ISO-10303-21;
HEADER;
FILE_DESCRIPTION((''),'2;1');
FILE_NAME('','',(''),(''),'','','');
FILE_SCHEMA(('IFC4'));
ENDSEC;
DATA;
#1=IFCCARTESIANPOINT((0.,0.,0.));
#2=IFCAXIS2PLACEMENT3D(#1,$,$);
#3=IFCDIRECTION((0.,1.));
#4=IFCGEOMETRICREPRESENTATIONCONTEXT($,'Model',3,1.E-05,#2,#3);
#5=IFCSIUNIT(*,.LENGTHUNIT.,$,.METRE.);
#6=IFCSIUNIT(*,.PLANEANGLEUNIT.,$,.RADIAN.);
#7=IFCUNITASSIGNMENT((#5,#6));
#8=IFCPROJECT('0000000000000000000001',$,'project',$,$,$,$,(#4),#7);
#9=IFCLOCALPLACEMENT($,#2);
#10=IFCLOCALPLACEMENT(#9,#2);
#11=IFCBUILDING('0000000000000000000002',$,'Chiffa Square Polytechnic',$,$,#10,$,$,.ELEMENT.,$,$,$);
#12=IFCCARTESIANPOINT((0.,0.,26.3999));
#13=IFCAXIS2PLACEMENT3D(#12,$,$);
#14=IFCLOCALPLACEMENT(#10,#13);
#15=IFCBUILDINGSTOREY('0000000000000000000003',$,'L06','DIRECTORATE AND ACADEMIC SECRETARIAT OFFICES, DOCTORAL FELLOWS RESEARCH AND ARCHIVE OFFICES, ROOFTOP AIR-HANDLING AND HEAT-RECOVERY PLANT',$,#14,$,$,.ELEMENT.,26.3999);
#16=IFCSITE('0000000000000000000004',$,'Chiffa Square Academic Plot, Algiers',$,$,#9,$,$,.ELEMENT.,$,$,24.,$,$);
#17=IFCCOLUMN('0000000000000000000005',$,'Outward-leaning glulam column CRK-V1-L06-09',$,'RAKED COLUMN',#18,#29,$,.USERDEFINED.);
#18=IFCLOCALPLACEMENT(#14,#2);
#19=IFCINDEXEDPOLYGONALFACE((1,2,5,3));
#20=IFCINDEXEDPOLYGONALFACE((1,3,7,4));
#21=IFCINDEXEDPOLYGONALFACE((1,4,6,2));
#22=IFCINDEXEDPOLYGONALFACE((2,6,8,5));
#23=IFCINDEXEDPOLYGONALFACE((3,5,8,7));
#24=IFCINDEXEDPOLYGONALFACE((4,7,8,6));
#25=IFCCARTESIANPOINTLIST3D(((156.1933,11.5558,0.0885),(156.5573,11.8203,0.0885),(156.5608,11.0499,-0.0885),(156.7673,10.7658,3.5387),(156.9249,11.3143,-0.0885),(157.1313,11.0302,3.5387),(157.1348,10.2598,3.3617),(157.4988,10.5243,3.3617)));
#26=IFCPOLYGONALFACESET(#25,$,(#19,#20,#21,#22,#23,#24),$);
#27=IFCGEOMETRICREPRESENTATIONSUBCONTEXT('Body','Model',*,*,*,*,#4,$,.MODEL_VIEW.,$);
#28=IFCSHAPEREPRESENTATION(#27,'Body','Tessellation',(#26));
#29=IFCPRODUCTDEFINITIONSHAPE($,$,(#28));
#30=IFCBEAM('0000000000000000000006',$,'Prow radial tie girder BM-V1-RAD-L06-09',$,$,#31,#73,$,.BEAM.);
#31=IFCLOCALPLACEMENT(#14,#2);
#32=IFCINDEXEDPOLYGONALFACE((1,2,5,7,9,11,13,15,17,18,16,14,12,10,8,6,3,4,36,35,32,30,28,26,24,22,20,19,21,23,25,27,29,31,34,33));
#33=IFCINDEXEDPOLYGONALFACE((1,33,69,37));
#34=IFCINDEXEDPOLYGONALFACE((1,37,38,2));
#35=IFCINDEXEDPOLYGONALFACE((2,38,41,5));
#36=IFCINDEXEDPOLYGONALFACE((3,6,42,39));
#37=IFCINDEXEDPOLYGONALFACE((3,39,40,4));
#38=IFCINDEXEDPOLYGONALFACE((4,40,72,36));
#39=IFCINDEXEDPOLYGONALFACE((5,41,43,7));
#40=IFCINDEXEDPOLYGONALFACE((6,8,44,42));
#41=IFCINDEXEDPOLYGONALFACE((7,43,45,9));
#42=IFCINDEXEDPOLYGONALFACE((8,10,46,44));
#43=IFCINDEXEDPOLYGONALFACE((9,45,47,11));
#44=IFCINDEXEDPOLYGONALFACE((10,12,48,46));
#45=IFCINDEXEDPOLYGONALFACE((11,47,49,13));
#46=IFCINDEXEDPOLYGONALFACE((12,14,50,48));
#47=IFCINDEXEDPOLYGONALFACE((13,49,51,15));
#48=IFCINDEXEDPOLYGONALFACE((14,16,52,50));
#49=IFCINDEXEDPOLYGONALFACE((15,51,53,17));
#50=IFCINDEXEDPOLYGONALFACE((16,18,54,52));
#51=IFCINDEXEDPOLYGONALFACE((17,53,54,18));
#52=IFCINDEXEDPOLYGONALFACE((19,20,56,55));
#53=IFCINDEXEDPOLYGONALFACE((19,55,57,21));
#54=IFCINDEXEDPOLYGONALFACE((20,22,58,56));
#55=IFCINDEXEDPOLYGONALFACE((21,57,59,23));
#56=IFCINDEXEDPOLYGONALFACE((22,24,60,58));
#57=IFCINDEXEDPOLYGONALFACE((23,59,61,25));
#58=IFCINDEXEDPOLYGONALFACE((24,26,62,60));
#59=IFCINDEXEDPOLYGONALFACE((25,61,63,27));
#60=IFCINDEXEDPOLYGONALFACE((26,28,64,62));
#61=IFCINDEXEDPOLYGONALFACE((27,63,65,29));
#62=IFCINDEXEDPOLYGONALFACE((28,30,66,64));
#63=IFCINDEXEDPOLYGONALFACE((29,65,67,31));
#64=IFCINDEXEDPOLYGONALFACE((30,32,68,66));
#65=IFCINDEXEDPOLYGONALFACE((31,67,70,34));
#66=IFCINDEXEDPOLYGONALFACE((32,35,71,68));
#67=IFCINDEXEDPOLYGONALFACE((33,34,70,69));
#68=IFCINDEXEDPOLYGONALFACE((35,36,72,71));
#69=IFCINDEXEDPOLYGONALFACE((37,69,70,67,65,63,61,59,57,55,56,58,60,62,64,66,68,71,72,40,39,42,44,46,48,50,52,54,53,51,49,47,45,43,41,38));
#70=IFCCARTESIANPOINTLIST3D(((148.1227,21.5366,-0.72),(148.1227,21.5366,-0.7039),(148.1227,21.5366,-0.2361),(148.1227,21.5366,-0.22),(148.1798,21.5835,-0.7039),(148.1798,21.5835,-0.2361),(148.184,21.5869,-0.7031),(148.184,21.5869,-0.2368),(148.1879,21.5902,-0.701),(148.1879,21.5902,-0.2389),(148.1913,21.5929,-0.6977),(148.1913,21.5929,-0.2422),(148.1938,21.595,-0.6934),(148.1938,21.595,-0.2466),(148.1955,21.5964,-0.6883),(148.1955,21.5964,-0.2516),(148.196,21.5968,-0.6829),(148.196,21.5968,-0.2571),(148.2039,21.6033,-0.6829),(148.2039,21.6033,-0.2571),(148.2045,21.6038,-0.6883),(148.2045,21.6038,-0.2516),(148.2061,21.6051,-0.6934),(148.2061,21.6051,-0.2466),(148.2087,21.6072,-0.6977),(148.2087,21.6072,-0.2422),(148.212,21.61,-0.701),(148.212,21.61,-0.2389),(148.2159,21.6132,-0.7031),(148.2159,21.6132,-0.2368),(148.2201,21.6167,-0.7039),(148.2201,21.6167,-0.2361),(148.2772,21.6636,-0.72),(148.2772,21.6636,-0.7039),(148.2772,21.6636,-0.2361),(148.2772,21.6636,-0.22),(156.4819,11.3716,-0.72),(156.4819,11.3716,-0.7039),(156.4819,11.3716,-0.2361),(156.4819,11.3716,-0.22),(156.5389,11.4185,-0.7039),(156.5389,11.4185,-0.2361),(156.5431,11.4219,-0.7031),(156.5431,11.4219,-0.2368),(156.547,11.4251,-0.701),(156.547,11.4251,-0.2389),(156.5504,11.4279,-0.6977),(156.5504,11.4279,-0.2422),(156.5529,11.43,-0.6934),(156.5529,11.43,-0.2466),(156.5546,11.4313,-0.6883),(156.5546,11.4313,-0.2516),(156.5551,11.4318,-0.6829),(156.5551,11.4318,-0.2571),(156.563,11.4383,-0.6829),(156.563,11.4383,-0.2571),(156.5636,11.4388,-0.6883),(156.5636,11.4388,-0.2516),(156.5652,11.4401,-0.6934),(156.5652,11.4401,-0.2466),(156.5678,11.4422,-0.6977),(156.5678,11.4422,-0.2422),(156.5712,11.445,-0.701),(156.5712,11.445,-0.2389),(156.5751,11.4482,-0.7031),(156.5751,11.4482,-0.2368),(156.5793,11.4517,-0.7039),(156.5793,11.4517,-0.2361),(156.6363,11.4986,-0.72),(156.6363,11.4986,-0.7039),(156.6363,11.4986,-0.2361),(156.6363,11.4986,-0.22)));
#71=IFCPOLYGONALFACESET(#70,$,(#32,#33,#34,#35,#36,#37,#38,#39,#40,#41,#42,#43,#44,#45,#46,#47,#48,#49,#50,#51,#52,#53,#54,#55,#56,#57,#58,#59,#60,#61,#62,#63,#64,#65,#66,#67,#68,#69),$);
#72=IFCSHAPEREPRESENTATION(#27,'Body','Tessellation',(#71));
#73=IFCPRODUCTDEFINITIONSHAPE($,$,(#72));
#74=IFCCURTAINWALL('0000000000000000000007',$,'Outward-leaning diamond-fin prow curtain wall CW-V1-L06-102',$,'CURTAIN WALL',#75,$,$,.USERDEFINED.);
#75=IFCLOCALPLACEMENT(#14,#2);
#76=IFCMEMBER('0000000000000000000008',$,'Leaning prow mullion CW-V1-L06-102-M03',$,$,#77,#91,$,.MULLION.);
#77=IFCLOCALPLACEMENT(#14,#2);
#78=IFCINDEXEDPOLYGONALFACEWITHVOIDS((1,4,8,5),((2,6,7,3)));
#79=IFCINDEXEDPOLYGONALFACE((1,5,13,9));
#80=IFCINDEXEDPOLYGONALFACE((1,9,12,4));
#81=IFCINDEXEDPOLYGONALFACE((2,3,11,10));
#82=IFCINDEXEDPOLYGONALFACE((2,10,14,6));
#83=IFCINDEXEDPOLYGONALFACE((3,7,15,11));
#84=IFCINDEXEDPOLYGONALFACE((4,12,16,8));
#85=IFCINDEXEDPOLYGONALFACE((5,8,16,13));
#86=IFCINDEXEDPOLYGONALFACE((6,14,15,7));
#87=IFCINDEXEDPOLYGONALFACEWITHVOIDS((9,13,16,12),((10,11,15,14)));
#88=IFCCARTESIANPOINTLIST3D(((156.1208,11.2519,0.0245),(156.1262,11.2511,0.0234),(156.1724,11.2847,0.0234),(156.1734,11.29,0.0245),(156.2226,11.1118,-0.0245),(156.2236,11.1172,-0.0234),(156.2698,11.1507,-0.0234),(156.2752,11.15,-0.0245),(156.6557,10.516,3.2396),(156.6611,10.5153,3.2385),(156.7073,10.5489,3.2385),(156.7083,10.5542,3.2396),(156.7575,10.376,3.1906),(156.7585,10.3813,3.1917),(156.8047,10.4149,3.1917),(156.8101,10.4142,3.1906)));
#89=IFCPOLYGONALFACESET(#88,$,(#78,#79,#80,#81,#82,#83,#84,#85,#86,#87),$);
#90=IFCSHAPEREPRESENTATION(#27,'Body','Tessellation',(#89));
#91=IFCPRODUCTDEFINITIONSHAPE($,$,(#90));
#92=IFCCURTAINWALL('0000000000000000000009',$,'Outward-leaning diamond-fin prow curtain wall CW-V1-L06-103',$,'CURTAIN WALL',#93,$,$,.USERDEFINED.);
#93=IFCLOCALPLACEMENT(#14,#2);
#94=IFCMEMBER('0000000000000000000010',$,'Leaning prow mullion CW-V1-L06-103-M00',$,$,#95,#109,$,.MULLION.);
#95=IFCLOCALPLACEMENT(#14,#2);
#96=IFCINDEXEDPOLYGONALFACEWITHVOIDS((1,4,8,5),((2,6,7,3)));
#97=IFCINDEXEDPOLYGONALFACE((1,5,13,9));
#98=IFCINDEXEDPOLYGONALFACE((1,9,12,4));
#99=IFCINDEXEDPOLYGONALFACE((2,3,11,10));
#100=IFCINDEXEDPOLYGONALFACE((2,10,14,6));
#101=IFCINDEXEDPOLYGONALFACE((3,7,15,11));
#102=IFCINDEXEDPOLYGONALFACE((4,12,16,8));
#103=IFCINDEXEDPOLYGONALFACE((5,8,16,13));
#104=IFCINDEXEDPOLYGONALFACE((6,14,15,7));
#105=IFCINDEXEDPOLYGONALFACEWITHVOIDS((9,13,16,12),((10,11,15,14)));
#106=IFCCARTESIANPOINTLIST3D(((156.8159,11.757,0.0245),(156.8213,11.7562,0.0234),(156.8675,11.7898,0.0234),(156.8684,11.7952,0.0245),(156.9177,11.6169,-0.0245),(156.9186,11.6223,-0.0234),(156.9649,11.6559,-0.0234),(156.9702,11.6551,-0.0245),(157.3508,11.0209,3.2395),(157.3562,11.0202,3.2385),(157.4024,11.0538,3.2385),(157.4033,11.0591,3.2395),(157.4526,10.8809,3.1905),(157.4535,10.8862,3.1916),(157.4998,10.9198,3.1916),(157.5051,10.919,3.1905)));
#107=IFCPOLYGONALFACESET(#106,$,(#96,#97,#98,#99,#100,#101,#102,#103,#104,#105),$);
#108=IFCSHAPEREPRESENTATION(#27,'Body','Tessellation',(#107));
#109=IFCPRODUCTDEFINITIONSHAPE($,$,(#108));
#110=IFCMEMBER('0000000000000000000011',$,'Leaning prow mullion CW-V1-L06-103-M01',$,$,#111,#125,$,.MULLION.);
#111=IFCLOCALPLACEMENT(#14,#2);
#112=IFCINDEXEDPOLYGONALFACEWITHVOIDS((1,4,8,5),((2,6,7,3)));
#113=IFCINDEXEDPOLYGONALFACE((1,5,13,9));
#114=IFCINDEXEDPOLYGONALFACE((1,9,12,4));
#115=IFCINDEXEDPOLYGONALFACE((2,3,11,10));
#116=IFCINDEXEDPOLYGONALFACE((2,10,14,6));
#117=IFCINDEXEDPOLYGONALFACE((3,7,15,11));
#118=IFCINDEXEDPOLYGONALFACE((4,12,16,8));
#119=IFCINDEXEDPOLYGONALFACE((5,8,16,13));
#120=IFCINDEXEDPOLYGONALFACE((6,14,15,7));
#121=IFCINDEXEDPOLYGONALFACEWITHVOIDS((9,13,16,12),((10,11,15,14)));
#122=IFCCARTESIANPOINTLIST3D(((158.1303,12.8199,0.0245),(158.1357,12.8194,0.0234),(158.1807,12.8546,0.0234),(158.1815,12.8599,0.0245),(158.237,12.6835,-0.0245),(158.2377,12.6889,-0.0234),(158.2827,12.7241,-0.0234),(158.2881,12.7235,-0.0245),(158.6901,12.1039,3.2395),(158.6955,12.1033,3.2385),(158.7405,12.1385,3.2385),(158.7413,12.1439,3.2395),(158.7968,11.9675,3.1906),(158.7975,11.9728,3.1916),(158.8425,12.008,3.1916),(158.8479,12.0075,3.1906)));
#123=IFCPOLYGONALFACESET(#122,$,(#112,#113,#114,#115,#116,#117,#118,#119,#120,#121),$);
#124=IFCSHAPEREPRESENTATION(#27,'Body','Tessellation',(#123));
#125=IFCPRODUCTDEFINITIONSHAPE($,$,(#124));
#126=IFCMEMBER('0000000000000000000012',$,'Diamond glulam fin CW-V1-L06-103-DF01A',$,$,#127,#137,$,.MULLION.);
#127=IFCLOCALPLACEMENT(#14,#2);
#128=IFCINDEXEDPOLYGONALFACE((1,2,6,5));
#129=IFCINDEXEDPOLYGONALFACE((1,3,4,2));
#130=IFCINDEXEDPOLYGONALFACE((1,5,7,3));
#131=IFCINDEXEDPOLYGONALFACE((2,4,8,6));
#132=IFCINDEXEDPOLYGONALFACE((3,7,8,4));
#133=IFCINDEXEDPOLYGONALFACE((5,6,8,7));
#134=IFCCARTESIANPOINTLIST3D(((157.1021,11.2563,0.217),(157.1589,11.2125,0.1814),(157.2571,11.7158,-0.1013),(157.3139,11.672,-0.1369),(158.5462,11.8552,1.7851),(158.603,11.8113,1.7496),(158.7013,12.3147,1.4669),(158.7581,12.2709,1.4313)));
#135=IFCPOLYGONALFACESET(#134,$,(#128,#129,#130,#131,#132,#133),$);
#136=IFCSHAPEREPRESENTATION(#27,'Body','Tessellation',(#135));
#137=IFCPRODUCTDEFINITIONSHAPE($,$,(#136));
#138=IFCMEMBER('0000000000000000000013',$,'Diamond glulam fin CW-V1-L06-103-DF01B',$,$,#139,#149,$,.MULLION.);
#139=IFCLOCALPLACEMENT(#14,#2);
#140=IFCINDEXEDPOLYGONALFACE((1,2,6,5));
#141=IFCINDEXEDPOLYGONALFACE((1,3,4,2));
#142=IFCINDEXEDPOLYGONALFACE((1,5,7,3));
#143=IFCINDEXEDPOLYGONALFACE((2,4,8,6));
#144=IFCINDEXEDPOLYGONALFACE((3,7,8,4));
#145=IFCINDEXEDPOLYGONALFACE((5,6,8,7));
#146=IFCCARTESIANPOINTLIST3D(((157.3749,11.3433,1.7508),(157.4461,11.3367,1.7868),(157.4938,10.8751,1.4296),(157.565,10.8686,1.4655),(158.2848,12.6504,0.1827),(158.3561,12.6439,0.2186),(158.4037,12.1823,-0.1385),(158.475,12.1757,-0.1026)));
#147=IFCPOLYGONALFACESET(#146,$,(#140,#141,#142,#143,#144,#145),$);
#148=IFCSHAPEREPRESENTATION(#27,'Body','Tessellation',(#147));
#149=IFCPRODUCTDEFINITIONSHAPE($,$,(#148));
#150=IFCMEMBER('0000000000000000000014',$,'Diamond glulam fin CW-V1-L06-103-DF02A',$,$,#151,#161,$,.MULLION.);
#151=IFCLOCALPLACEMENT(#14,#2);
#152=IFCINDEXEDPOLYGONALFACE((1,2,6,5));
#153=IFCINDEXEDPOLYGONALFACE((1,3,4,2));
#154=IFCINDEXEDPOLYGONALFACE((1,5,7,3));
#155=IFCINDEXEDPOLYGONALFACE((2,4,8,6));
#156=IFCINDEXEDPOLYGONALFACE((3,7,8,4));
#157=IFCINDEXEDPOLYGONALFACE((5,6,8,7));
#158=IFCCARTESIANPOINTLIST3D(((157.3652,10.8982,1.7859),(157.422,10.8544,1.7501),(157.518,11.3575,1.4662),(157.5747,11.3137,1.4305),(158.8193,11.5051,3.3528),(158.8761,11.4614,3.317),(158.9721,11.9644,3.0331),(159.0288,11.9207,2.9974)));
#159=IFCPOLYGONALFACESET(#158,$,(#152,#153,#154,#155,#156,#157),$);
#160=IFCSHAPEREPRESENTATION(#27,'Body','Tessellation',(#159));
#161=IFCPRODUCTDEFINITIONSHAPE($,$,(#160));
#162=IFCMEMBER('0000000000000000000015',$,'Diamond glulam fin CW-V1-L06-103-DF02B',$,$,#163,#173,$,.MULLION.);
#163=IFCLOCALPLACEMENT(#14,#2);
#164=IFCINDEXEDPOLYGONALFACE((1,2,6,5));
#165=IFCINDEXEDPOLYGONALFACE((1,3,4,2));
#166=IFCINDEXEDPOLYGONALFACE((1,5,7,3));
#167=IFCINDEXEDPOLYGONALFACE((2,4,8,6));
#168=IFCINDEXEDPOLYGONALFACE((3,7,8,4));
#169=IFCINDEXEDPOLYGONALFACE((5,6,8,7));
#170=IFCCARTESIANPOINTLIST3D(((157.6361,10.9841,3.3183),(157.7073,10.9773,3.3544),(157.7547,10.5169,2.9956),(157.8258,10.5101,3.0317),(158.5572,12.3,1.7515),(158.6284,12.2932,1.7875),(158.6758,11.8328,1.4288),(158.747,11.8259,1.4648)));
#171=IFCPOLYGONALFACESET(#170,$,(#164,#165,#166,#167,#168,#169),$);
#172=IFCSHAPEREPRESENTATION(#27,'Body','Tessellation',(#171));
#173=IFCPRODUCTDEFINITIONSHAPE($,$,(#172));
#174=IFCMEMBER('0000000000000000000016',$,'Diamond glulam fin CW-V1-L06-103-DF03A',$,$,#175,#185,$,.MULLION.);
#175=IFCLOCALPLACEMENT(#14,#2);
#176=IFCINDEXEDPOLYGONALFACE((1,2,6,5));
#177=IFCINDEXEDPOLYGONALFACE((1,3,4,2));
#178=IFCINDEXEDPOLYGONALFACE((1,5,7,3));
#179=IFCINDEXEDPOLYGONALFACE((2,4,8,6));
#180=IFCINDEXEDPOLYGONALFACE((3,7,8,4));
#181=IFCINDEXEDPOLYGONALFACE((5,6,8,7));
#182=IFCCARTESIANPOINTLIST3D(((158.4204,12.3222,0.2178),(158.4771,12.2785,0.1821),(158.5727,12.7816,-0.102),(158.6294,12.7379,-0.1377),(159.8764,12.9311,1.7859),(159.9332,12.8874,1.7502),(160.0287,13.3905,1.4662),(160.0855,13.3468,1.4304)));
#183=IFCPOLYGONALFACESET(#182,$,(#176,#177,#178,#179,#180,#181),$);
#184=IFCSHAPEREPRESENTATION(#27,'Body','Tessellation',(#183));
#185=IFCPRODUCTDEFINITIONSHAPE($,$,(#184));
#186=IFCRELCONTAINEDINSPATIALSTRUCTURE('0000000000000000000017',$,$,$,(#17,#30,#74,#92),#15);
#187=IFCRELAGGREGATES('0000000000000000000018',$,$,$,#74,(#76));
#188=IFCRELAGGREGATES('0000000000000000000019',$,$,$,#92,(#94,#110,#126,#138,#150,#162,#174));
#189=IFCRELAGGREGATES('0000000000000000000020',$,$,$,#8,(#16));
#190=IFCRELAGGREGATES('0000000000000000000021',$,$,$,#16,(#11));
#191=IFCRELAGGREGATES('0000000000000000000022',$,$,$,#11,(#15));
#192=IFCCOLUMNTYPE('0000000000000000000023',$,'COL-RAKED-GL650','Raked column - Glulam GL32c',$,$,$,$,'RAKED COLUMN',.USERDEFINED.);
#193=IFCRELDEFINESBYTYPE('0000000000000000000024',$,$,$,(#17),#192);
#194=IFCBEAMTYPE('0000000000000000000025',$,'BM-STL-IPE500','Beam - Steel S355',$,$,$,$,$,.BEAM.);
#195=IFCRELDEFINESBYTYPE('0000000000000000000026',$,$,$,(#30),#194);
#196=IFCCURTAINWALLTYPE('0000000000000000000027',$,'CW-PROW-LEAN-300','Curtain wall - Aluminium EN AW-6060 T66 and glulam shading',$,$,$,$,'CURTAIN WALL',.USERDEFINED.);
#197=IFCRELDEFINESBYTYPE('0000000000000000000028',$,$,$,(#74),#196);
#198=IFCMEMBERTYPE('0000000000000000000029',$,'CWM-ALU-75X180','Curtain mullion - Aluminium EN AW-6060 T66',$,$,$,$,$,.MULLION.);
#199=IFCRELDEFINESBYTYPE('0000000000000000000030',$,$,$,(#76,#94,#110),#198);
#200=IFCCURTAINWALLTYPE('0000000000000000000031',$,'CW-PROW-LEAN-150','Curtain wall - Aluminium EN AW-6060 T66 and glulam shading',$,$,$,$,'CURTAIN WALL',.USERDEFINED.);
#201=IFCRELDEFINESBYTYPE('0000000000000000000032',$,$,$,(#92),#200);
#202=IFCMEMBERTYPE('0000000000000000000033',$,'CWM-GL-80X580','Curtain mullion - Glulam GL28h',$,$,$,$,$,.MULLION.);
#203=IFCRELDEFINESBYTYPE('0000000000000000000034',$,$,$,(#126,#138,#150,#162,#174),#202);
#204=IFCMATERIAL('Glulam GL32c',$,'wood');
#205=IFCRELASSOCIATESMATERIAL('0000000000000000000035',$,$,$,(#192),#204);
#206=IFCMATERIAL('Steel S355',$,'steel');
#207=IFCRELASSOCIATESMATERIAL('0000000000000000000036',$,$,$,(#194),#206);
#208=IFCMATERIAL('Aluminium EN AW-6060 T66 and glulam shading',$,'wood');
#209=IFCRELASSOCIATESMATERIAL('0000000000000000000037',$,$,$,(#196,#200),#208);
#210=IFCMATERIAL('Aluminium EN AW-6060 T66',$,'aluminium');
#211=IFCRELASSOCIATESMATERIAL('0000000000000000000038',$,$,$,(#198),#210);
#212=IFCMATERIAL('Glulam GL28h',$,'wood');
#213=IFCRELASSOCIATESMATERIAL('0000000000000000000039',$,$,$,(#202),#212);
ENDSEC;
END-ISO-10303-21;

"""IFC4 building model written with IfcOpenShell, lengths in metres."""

from ifc_helpers import new_model, si_unit, direction, frame, origin, origin_2d, place, context, subcontext, project, spatial, rectangle, hollow_rectangle, i_section, extrude, material, material_profile, profile_set, type_object, element, aggregate, save


model = new_model("IFC4")

# Units and contexts
model_context = context("Model", 3, precision=1e-05, world=origin(), true_north=direction((0.0, 1.0)))
body_context = subcontext(model_context, "Body", "Model", "MODEL_VIEW")
ifc_project = project(units=[si_unit("LENGTHUNIT", "METRE"), si_unit("PLANEANGLEUNIT", "RADIAN")], contexts=[model_context])

# Site, building, storey
site_placement = place(None, origin())
site = spatial("IfcSite", under=ifc_project, at=site_placement, Name="Chiffa Square Academic Plot, Algiers", CompositionType="ELEMENT", RefElevation=24.0)
building_placement = place(site_placement, origin())
building = spatial("IfcBuilding", under=site, at=building_placement, Name="Chiffa Square Polytechnic", CompositionType="ELEMENT")
storey_placement = place(building_placement, frame((0.0, 0.0, 26.3999)))
storey = spatial("IfcBuildingStorey", under=building, at=storey_placement, Name="L06", Description="DIRECTORATE AND ACADEMIC SECRETARIAT OFFICES, DOCTORAL FELLOWS RESEARCH AND ARCHIVE OFFICES, ROOFTOP AIR-HANDLING AND HEAT-RECOVERY PLANT", CompositionType="ELEMENT", Elevation=26.3999)

# Column
ifc_material_1 = material(Name="Glulam GL32c", Category="wood")
ifc_material_profile_1 = material_profile(ifc_material_1, rectangle(XDim=0.45, YDim=0.6499, at=origin_2d()), Name="GL32c 450x650")
ifc_profile_set_1 = profile_set([ifc_material_profile_1], Name="Glulam GL32c")
column_type = type_object("IfcColumnType", Name="COL-RAKED-GL650", Description="Raked column - Glulam GL32c", ElementType="RAKED COLUMN", PredefinedType="USERDEFINED", material=ifc_profile_set_1)
column_placement = place(storey_placement, frame((156.5591, 11.4351, 0.0), z_axis=(0.160072, -0.220329, 0.962202), x_axis=(0.809028, 0.58777, 0.0)))
element("IfcColumn", 1, at=column_placement, inside=storey, type_object=column_type, Name="Outward-leaning glulam column CRK-V1-L06-09", ObjectType="RAKED COLUMN", PredefinedType="USERDEFINED", context=body_context, shape_type="SweptSolid", body=[
    extrude(rectangle(XDim=0.45, YDim=0.6499, at=origin_2d()), origin(), (0.0, 0.0, 1.0), 3.5857),
])

# Beam
ifc_material_2 = material(Name="Steel S355", Category="steel")
ifc_material_profile_2 = material_profile(ifc_material_2, i_section(OverallWidth=0.2, OverallDepth=0.5, WebThickness=0.0103, FlangeThickness=0.0161, FilletRadius=0.021, at=origin_2d()), Name="IPE 500")
ifc_profile_set_2 = profile_set([ifc_material_profile_2], Name="Steel S355")
beam_type_1 = type_object("IfcBeamType", Name="BM-STL-IPE500", Description="Beam - Steel S355", PredefinedType="BEAM", material=ifc_profile_set_2)
beam_1_placement = place(storey_placement, frame((156.5591, 11.4351, -0.47), z_axis=(-0.63516, 0.77238, 0.0), x_axis=(-0.77238, -0.63516, 0.0)))
element("IfcBeam", 2, at=beam_1_placement, inside=storey, type_object=beam_type_1, Name="Prow radial tie girder BM-V1-RAD-L06-09", PredefinedType="BEAM", context=body_context, shape_type="SweptSolid", body=[
    extrude(i_section(OverallWidth=0.2, OverallDepth=0.5, WebThickness=0.0103, FlangeThickness=0.0161, FilletRadius=0.021, at=origin_2d()), origin(), (0.0, 0.0, 1.0), 13.1606),
])

# Curtain wall, member
ifc_material_3 = material(Name="Aluminium EN AW-6060 T66 and glulam shading", Category="wood")
curtain_wall_type_1 = type_object("IfcCurtainWallType", Name="CW-PROW-LEAN-300", Description="Curtain wall - Aluminium EN AW-6060 T66 and glulam shading", ElementType="CURTAIN WALL", PredefinedType="USERDEFINED", material=ifc_material_3)
curtain_wall_1_placement = place(storey_placement, origin())
curtain_wall_1 = element("IfcCurtainWall", 3, at=curtain_wall_1_placement, inside=storey, type_object=curtain_wall_type_1, Name="Outward-leaning diamond-fin prow curtain wall CW-V1-L06-102", ObjectType="CURTAIN WALL", PredefinedType="USERDEFINED")
ifc_material_4 = material(Name="Aluminium EN AW-6060 T66", Category="aluminium")
ifc_material_profile_3 = material_profile(ifc_material_4, hollow_rectangle(XDim=0.0649, YDim=0.1799, WallThickness=0.0039, at=origin_2d()), Name="ALU 65x180x4")
ifc_profile_set_3 = profile_set([ifc_material_profile_3], Name="Aluminium EN AW-6060 T66")
member_type_1 = type_object("IfcMemberType", Name="CWM-ALU-75X180", Description="Curtain mullion - Aluminium EN AW-6060 T66", PredefinedType="MULLION", material=ifc_profile_set_3)
member_1_placement = place(storey_placement, frame((156.198, 11.2009, 0.0), z_axis=(0.16009, -0.220225, 0.962223), x_axis=(0.808864, 0.587996, 0.0)))
member_1 = element("IfcMember", 4, at=member_1_placement, type_object=member_type_1, Name="Leaning prow mullion CW-V1-L06-102-M03", PredefinedType="MULLION", context=body_context, shape_type="SweptSolid", body=[
    extrude(hollow_rectangle(XDim=0.0649, YDim=0.1799, WallThickness=0.0039, at=origin_2d()), origin(), (0.0, 0.0, 1.0), 3.3413),
])
aggregate(curtain_wall_1, [member_1])

# Curtain wall, members
curtain_wall_type_2 = type_object("IfcCurtainWallType", Name="CW-PROW-LEAN-150", Description="Curtain wall - Aluminium EN AW-6060 T66 and glulam shading", ElementType="CURTAIN WALL", PredefinedType="USERDEFINED", material=ifc_material_3)
curtain_wall_2_placement = place(storey_placement, origin())
curtain_wall_2 = element("IfcCurtainWall", 5, at=curtain_wall_2_placement, inside=storey, type_object=curtain_wall_type_2, Name="Outward-leaning diamond-fin prow curtain wall CW-V1-L06-103", ObjectType="CURTAIN WALL", PredefinedType="USERDEFINED")
member_2_placement = place(storey_placement, frame((156.8931, 11.7061, 0.0), z_axis=(0.160088, -0.220294, 0.962207), x_axis=(0.808956, 0.587869, 0.0)))
member_2 = element("IfcMember", 6, at=member_2_placement, type_object=member_type_1, Name="Leaning prow mullion CW-V1-L06-103-M00", PredefinedType="MULLION", context=body_context, shape_type="SweptSolid", body=[
    extrude(hollow_rectangle(XDim=0.0649, YDim=0.1799, WallThickness=0.0039, at=origin_2d()), origin(), (0.0, 0.0, 1.0), 3.3413),
])
member_3_placement = place(storey_placement, frame((158.2092, 12.7717, 0.0), z_axis=(0.167554, -0.21432, 0.962285), x_axis=(0.787817, 0.61591, 0.0)))
member_3 = element("IfcMember", 7, at=member_3_placement, type_object=member_type_1, Name="Leaning prow mullion CW-V1-L06-103-M01", PredefinedType="MULLION", context=body_context, shape_type="SweptSolid", body=[
    extrude(hollow_rectangle(XDim=0.0649, YDim=0.1799, WallThickness=0.0039, at=origin_2d()), origin(), (0.0, 0.0, 1.0), 3.3411),
])
ifc_material_5 = material(Name="Glulam GL28h", Category="wood")
ifc_material_profile_4 = material_profile(ifc_material_5, rectangle(XDim=0.0801, YDim=0.5801, at=origin_2d()), Name="GL28h 80x580")
ifc_profile_set_4 = profile_set([ifc_material_profile_4], Name="Glulam GL28h")
member_type_2 = type_object("IfcMemberType", Name="CWM-GL-80X580", Description="Curtain mullion - Glulam GL28h", PredefinedType="MULLION", material=ifc_profile_set_4)
member_4_placement = place(storey_placement, frame((157.208, 11.4641, 0.04), z_axis=(0.652172, 0.270461, 0.708183), x_axis=(-0.709381, 0.547138, 0.444319)))
member_4 = element("IfcMember", 8, at=member_4_placement, type_object=member_type_2, Name="Diamond glulam fin CW-V1-L06-103-DF01A", PredefinedType="MULLION", context=body_context, shape_type="SweptSolid", body=[
    extrude(rectangle(XDim=0.0801, YDim=0.5801, at=origin_2d()), origin(), (0.0, 0.0, 1.0), 2.2144),
])
member_5_placement = place(storey_placement, frame((158.3799, 12.4131, 0.04), z_axis=(-0.407108, -0.584828, 0.701597), x_axis=(0.89008, -0.081624, 0.448437)))
member_5 = element("IfcMember", 9, at=member_5_placement, type_object=member_type_2, Name="Diamond glulam fin CW-V1-L06-103-DF01B", PredefinedType="MULLION", context=body_context, shape_type="SweptSolid", body=[
    extrude(rectangle(XDim=0.0801, YDim=0.5801, at=origin_2d()), origin(), (0.0, 0.0, 1.0), 2.2351),
])
member_6_placement = place(storey_placement, frame((157.47, 11.106, 1.6082), z_axis=(0.654368, 0.273129, 0.705126), x_axis=(-0.708857, 0.546253, 0.44624)))
member_6 = element("IfcMember", 10, at=member_6_placement, type_object=member_type_2, Name="Diamond glulam fin CW-V1-L06-103-DF02A", PredefinedType="MULLION", context=body_context, shape_type="SweptSolid", body=[
    extrude(rectangle(XDim=0.0801, YDim=0.5801, at=origin_2d()), origin(), (0.0, 0.0, 1.0), 2.2222),
])
member_7_placement = place(storey_placement, frame((158.6521, 12.063, 1.6082), z_axis=(-0.410501, -0.58643, 0.698276), x_axis=(0.888665, -0.085661, 0.450486)))
member_7 = element("IfcMember", 11, at=member_7_placement, type_object=member_type_2, Name="Diamond glulam fin CW-V1-L06-103-DF02B", PredefinedType="MULLION", context=body_context, shape_type="SweptSolid", body=[
    extrude(rectangle(XDim=0.0801, YDim=0.5801, at=origin_2d()), origin(), (0.0, 0.0, 1.0), 2.2439),
])
member_8_placement = place(storey_placement, frame((158.5249, 12.53, 0.04), z_axis=(0.65446, 0.273679, 0.704828), x_axis=(-0.709047, 0.545854, 0.446426)))
member_8 = element("IfcMember", 12, at=member_8_placement, type_object=member_type_2, Name="Diamond glulam fin CW-V1-L06-103-DF03A", PredefinedType="MULLION", context=body_context, shape_type="SweptSolid", body=[
    extrude(rectangle(XDim=0.0801, YDim=0.5801, at=origin_2d()), origin(), (0.0, 0.0, 1.0), 2.2249),
])

aggregate(curtain_wall_2, [member_2, member_3, member_4, member_5, member_6, member_7, member_8])

save(model, "model.ifc")
